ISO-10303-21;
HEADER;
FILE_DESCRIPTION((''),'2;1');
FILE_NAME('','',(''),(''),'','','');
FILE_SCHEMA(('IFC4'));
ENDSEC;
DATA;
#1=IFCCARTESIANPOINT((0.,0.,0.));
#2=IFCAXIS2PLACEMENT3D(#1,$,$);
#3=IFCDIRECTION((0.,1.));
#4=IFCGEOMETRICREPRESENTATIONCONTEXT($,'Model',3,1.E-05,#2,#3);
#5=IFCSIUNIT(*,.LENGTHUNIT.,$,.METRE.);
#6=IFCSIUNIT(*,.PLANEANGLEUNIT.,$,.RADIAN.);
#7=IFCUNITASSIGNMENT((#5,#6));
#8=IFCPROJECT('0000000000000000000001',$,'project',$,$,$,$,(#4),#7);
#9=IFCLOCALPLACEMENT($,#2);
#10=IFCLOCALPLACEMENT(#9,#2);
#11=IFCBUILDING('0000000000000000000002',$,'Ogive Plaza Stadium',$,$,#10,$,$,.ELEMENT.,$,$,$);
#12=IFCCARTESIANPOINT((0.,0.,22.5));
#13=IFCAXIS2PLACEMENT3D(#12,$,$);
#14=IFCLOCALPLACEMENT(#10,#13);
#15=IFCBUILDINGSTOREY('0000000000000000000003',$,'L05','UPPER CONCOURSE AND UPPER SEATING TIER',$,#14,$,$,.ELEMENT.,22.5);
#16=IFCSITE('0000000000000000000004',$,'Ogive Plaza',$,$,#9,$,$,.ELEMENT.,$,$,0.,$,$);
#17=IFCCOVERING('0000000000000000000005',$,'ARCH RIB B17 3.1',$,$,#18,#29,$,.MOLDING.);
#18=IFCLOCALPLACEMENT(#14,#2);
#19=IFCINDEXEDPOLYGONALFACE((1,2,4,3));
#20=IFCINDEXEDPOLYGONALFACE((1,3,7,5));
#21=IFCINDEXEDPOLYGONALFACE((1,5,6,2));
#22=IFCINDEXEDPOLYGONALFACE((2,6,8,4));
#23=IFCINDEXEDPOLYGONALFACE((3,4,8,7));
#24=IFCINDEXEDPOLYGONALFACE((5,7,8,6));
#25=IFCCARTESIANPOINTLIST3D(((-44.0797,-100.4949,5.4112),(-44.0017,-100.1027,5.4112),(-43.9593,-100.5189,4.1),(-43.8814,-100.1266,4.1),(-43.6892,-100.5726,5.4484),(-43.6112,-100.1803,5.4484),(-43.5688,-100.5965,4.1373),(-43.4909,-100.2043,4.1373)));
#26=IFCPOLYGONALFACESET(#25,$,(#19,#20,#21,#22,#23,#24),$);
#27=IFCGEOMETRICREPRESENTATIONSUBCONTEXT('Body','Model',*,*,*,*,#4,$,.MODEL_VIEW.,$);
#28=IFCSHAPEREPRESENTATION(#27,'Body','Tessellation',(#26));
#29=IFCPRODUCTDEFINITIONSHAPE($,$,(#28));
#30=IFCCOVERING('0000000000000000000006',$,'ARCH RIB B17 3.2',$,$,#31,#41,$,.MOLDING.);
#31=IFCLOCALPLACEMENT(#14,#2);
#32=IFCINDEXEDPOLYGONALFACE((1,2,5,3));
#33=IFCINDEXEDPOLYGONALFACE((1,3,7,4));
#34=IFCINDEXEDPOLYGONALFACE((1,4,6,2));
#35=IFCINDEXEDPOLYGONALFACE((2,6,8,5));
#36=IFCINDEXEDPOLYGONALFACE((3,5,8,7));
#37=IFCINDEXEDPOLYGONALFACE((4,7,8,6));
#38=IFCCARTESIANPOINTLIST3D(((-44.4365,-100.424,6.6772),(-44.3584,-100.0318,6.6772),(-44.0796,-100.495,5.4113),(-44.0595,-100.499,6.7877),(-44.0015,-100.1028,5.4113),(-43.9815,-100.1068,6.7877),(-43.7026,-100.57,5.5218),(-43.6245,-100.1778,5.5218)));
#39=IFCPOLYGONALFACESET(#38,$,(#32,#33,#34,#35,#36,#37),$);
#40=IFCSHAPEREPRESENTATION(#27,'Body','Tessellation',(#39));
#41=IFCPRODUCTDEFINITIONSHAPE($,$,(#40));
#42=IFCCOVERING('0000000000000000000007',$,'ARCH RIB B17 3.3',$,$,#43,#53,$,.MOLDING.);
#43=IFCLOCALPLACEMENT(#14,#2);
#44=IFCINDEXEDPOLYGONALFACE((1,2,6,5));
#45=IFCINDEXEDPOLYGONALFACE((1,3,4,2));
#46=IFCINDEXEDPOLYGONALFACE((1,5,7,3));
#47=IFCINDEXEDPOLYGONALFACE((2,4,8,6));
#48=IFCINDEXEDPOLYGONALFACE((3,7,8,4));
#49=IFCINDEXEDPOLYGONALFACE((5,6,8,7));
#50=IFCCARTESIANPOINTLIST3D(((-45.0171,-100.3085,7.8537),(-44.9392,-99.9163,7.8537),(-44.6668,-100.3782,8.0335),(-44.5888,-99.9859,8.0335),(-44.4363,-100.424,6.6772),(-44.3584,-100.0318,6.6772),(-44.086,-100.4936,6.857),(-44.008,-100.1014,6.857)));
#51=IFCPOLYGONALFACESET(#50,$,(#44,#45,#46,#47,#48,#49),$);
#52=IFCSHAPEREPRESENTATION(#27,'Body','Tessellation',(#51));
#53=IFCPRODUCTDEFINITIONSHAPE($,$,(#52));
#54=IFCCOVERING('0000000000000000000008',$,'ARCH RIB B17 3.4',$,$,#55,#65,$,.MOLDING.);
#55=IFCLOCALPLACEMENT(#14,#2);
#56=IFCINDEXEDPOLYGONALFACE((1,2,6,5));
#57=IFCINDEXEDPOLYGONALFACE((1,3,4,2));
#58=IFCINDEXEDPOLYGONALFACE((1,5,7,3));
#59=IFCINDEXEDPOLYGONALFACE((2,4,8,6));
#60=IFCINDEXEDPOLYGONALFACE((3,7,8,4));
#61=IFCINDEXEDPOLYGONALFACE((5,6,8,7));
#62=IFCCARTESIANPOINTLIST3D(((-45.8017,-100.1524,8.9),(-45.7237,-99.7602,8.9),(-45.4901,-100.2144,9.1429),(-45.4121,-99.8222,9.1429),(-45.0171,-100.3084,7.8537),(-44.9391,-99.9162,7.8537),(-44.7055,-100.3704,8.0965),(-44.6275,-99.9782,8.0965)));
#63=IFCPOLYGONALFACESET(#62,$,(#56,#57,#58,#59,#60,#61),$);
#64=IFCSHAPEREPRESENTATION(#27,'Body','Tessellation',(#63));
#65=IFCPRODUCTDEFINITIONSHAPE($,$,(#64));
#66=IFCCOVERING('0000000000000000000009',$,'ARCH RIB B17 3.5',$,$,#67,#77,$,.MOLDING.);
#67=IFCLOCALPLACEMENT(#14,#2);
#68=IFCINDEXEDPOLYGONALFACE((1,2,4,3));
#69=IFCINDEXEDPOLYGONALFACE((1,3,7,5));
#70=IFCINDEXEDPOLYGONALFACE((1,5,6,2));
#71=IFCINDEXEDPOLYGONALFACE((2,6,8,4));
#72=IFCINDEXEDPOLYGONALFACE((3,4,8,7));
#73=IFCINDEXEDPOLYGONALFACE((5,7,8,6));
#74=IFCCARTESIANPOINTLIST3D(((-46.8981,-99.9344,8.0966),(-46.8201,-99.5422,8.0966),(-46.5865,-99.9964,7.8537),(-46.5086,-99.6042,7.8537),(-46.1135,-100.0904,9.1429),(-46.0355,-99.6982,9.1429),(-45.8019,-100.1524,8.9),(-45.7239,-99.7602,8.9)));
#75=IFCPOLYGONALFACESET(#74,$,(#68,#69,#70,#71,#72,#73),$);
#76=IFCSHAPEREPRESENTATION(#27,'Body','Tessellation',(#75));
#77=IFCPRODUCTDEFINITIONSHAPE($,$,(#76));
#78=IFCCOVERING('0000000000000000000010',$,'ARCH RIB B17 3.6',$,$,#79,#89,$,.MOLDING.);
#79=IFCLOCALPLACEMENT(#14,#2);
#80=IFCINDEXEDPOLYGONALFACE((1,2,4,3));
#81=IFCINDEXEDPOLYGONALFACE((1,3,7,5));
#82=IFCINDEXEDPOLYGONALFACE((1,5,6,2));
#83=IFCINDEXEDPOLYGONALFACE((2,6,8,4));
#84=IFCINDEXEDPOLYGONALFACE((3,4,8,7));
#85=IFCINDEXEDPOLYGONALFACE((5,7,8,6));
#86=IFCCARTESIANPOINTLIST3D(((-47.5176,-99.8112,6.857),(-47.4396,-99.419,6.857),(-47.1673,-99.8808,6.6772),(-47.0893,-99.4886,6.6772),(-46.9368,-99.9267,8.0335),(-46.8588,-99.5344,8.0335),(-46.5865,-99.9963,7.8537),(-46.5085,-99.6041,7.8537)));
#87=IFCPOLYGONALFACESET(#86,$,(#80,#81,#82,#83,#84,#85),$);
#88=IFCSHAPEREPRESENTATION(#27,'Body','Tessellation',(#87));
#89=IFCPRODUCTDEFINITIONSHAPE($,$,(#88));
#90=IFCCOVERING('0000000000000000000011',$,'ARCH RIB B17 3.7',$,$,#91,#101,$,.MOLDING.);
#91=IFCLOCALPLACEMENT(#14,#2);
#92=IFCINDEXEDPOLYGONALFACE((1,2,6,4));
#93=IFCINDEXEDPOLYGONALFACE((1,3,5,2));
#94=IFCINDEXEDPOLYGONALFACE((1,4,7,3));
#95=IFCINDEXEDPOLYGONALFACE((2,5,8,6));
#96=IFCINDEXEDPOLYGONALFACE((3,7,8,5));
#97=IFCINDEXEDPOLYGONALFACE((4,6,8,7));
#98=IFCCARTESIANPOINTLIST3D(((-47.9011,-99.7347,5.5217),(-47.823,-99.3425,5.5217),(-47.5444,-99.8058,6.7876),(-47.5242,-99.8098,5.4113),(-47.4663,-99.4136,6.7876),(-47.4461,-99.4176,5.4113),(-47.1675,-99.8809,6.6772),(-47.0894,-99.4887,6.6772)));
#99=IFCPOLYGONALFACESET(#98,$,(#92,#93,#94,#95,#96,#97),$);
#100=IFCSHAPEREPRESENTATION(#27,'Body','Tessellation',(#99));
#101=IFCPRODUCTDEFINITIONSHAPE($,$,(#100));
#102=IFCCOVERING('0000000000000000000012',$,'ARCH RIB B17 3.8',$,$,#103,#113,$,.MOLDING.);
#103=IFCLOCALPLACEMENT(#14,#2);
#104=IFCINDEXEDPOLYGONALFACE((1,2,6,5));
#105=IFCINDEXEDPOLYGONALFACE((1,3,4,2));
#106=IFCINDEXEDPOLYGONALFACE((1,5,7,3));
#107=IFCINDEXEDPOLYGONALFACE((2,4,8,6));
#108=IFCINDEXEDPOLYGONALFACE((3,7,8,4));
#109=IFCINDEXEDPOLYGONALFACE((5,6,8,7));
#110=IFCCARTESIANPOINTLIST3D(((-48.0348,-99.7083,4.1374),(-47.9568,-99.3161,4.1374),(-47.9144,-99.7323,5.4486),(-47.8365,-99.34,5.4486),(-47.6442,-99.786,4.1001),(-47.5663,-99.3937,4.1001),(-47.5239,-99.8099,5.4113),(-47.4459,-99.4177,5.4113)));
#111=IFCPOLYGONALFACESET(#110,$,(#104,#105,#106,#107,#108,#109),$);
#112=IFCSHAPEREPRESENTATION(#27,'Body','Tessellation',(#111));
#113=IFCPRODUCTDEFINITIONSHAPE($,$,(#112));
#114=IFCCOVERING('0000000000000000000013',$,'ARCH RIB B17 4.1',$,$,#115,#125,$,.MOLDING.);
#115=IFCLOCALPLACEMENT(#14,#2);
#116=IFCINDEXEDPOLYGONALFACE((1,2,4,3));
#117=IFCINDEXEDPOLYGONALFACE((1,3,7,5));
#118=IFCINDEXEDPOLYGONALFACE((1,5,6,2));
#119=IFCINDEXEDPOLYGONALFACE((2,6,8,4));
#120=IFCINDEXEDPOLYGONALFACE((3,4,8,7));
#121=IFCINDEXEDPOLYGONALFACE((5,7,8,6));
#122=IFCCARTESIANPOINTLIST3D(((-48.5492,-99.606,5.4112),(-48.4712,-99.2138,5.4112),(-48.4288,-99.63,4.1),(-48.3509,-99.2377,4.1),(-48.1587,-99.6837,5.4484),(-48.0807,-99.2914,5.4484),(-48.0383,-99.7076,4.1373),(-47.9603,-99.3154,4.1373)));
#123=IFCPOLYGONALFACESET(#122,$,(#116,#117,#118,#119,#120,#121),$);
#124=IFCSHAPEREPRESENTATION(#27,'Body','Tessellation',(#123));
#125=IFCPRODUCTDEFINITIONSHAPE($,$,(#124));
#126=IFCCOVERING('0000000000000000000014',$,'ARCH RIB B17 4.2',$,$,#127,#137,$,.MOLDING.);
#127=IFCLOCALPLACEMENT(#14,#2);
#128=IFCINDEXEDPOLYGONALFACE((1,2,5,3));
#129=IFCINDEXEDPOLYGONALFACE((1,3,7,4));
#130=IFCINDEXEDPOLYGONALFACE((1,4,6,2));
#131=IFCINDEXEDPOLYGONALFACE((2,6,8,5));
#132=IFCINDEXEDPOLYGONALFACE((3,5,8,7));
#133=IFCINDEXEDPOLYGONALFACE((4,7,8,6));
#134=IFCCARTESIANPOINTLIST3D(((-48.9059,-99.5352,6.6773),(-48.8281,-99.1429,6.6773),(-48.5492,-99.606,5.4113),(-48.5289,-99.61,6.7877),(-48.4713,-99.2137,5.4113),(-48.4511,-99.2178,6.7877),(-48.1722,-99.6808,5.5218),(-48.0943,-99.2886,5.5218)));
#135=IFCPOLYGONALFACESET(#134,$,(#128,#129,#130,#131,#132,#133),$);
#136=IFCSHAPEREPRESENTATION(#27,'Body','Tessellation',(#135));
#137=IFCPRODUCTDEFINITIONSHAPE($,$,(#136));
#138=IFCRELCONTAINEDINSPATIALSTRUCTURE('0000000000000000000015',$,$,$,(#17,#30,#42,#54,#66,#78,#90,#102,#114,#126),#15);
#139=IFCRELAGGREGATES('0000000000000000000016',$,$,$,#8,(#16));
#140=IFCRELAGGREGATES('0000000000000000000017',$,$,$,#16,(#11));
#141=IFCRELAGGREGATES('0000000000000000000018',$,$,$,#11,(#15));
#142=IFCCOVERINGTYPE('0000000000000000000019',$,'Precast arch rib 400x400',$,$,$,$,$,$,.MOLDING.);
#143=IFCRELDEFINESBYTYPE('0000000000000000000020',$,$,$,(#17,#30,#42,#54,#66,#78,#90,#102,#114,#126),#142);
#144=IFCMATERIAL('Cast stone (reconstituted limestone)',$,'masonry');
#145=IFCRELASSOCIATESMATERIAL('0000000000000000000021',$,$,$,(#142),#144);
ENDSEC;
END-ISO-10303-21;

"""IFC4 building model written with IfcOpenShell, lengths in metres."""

from ifc_helpers import new_model, si_unit, direction, frame, origin, origin_2d, place, context, subcontext, project, spatial, rectangle, extrude, material, material_profile, profile_set, type_object, element, save


model = new_model("IFC4")

# Units and contexts
model_context = context("Model", 3, precision=1e-05, world=origin(), true_north=direction((0.0, 1.0)))
body_context = subcontext(model_context, "Body", "Model", "MODEL_VIEW")
ifc_project = project(units=[si_unit("LENGTHUNIT", "METRE"), si_unit("PLANEANGLEUNIT", "RADIAN")], contexts=[model_context])

# Site, building, storey
site_placement = place(None, origin())
site = spatial("IfcSite", under=ifc_project, at=site_placement, Name="Ogive Plaza", CompositionType="ELEMENT", RefElevation=0.0)
building_placement = place(site_placement, origin())
building = spatial("IfcBuilding", under=site, at=building_placement, Name="Ogive Plaza Stadium", CompositionType="ELEMENT")
storey_placement = place(building_placement, frame((0.0, 0.0, 22.5)))
storey = spatial("IfcBuildingStorey", under=building, at=storey_placement, Name="L05", Description="UPPER CONCOURSE AND UPPER SEATING TIER", CompositionType="ELEMENT", Elevation=22.5)

# Coverings
ifc_material_1 = material(Name="Cast stone (reconstituted limestone)", Category="masonry")
ifc_material_profile_1 = material_profile(ifc_material_1, rectangle(XDim=0.3999, YDim=0.3999, at=origin_2d()), Name="Cast stone 400x400")
ifc_profile_set_1 = profile_set([ifc_material_profile_1], Name="Cast stone (reconstituted limestone)")
covering_type = type_object("IfcCoveringType", Name="Precast arch rib 400x400", PredefinedType="MOLDING", material=ifc_profile_set_1)
for number, where, z_axis, x_axis, name in (
    (1, (-43.7251, -100.3616, 4.1187), (-0.09139, 0.018167, 0.995649), (-0.194968, -0.98081, 0.0), "ARCH RIB B17 3.1"),
):
    element("IfcCovering", number, at=place(storey_placement, frame(where, z_axis=z_axis, x_axis=x_axis)), inside=storey, type_object=covering_type, Name=name, PredefinedType="MOLDING", context=body_context, shape_type="SweptSolid", body=[
        extrude(rectangle(XDim=0.3999, YDim=0.3999, at=origin_2d()), origin(), (0.0, 0.0, 1.0), 1.3169),
    ])
for number, where, z_axis, x_axis, name in (
    (2, (-43.8521, -100.3364, 5.4666), (-0.27099, 0.053939, 0.96107), (-0.195213, -0.980761, 0.0), "ARCH RIB B17 3.2"),
    (3, (-44.2222, -100.2627, 6.7671), (-0.440963, 0.087674, 0.893233), (-0.195006, -0.980802, 0.0), "ARCH RIB B17 3.3"),
    (4, (-44.8223, -100.1433, 7.9751), (-0.595717, 0.118439, 0.794414), (-0.195001, -0.980803, 0.0), "ARCH RIB B17 3.4"),
    (5, (-45.9187, -99.9253, 9.0215), (-0.595717, 0.118439, -0.794414), (-0.195001, -0.980803, 0.0), "ARCH RIB B17 3.5"),
    (6, (-46.7227, -99.7654, 7.9436), (-0.440963, 0.087674, -0.893233), (-0.195006, -0.980802, 0.0), "ARCH RIB B17 3.6"),
    (7, (-47.3169, -99.6472, 6.7324), (-0.270818, 0.053941, -0.961118), (-0.195342, -0.980735, 0.0), "ARCH RIB B17 3.7"),
):
    element("IfcCovering", number, at=place(storey_placement, frame(where, z_axis=z_axis, x_axis=x_axis)), inside=storey, type_object=covering_type, Name=name, PredefinedType="MOLDING", context=body_context, shape_type="SweptSolid", body=[
        extrude(rectangle(XDim=0.3999, YDim=0.3999, at=origin_2d()), origin(), (0.0, 0.0, 1.0), 1.3171),
    ])
for number, where, z_axis, x_axis, name in (
    (8, (-47.6802, -99.575, 5.4299), (-0.09139, 0.018167, -0.995649), (-0.194968, -0.98081, 0.0), "ARCH RIB B17 3.8"),
    (9, (-48.1946, -99.4727, 4.1187), (-0.09139, 0.018167, 0.995649), (-0.194968, -0.98081, 0.0), "ARCH RIB B17 4.1"),
):
    element("IfcCovering", number, at=place(storey_placement, frame(where, z_axis=z_axis, x_axis=x_axis)), inside=storey, type_object=covering_type, Name=name, PredefinedType="MOLDING", context=body_context, shape_type="SweptSolid", body=[
        extrude(rectangle(XDim=0.3999, YDim=0.3999, at=origin_2d()), origin(), (0.0, 0.0, 1.0), 1.3169),
    ])
covering_1_placement = place(storey_placement, frame((-48.3218, -99.4473, 5.4666), z_axis=(-0.270821, 0.053756, 0.961128), x_axis=(-0.194696, -0.980864, 0.0)))
element("IfcCovering", 10, at=covering_1_placement, inside=storey, type_object=covering_type, Name="ARCH RIB B17 4.2", PredefinedType="MOLDING", context=body_context, shape_type="SweptSolid", body=[
    extrude(rectangle(XDim=0.3999, YDim=0.3999, at=origin_2d()), origin(), (0.0, 0.0, 1.0), 1.3171),
])

save(model, "model.ifc")
